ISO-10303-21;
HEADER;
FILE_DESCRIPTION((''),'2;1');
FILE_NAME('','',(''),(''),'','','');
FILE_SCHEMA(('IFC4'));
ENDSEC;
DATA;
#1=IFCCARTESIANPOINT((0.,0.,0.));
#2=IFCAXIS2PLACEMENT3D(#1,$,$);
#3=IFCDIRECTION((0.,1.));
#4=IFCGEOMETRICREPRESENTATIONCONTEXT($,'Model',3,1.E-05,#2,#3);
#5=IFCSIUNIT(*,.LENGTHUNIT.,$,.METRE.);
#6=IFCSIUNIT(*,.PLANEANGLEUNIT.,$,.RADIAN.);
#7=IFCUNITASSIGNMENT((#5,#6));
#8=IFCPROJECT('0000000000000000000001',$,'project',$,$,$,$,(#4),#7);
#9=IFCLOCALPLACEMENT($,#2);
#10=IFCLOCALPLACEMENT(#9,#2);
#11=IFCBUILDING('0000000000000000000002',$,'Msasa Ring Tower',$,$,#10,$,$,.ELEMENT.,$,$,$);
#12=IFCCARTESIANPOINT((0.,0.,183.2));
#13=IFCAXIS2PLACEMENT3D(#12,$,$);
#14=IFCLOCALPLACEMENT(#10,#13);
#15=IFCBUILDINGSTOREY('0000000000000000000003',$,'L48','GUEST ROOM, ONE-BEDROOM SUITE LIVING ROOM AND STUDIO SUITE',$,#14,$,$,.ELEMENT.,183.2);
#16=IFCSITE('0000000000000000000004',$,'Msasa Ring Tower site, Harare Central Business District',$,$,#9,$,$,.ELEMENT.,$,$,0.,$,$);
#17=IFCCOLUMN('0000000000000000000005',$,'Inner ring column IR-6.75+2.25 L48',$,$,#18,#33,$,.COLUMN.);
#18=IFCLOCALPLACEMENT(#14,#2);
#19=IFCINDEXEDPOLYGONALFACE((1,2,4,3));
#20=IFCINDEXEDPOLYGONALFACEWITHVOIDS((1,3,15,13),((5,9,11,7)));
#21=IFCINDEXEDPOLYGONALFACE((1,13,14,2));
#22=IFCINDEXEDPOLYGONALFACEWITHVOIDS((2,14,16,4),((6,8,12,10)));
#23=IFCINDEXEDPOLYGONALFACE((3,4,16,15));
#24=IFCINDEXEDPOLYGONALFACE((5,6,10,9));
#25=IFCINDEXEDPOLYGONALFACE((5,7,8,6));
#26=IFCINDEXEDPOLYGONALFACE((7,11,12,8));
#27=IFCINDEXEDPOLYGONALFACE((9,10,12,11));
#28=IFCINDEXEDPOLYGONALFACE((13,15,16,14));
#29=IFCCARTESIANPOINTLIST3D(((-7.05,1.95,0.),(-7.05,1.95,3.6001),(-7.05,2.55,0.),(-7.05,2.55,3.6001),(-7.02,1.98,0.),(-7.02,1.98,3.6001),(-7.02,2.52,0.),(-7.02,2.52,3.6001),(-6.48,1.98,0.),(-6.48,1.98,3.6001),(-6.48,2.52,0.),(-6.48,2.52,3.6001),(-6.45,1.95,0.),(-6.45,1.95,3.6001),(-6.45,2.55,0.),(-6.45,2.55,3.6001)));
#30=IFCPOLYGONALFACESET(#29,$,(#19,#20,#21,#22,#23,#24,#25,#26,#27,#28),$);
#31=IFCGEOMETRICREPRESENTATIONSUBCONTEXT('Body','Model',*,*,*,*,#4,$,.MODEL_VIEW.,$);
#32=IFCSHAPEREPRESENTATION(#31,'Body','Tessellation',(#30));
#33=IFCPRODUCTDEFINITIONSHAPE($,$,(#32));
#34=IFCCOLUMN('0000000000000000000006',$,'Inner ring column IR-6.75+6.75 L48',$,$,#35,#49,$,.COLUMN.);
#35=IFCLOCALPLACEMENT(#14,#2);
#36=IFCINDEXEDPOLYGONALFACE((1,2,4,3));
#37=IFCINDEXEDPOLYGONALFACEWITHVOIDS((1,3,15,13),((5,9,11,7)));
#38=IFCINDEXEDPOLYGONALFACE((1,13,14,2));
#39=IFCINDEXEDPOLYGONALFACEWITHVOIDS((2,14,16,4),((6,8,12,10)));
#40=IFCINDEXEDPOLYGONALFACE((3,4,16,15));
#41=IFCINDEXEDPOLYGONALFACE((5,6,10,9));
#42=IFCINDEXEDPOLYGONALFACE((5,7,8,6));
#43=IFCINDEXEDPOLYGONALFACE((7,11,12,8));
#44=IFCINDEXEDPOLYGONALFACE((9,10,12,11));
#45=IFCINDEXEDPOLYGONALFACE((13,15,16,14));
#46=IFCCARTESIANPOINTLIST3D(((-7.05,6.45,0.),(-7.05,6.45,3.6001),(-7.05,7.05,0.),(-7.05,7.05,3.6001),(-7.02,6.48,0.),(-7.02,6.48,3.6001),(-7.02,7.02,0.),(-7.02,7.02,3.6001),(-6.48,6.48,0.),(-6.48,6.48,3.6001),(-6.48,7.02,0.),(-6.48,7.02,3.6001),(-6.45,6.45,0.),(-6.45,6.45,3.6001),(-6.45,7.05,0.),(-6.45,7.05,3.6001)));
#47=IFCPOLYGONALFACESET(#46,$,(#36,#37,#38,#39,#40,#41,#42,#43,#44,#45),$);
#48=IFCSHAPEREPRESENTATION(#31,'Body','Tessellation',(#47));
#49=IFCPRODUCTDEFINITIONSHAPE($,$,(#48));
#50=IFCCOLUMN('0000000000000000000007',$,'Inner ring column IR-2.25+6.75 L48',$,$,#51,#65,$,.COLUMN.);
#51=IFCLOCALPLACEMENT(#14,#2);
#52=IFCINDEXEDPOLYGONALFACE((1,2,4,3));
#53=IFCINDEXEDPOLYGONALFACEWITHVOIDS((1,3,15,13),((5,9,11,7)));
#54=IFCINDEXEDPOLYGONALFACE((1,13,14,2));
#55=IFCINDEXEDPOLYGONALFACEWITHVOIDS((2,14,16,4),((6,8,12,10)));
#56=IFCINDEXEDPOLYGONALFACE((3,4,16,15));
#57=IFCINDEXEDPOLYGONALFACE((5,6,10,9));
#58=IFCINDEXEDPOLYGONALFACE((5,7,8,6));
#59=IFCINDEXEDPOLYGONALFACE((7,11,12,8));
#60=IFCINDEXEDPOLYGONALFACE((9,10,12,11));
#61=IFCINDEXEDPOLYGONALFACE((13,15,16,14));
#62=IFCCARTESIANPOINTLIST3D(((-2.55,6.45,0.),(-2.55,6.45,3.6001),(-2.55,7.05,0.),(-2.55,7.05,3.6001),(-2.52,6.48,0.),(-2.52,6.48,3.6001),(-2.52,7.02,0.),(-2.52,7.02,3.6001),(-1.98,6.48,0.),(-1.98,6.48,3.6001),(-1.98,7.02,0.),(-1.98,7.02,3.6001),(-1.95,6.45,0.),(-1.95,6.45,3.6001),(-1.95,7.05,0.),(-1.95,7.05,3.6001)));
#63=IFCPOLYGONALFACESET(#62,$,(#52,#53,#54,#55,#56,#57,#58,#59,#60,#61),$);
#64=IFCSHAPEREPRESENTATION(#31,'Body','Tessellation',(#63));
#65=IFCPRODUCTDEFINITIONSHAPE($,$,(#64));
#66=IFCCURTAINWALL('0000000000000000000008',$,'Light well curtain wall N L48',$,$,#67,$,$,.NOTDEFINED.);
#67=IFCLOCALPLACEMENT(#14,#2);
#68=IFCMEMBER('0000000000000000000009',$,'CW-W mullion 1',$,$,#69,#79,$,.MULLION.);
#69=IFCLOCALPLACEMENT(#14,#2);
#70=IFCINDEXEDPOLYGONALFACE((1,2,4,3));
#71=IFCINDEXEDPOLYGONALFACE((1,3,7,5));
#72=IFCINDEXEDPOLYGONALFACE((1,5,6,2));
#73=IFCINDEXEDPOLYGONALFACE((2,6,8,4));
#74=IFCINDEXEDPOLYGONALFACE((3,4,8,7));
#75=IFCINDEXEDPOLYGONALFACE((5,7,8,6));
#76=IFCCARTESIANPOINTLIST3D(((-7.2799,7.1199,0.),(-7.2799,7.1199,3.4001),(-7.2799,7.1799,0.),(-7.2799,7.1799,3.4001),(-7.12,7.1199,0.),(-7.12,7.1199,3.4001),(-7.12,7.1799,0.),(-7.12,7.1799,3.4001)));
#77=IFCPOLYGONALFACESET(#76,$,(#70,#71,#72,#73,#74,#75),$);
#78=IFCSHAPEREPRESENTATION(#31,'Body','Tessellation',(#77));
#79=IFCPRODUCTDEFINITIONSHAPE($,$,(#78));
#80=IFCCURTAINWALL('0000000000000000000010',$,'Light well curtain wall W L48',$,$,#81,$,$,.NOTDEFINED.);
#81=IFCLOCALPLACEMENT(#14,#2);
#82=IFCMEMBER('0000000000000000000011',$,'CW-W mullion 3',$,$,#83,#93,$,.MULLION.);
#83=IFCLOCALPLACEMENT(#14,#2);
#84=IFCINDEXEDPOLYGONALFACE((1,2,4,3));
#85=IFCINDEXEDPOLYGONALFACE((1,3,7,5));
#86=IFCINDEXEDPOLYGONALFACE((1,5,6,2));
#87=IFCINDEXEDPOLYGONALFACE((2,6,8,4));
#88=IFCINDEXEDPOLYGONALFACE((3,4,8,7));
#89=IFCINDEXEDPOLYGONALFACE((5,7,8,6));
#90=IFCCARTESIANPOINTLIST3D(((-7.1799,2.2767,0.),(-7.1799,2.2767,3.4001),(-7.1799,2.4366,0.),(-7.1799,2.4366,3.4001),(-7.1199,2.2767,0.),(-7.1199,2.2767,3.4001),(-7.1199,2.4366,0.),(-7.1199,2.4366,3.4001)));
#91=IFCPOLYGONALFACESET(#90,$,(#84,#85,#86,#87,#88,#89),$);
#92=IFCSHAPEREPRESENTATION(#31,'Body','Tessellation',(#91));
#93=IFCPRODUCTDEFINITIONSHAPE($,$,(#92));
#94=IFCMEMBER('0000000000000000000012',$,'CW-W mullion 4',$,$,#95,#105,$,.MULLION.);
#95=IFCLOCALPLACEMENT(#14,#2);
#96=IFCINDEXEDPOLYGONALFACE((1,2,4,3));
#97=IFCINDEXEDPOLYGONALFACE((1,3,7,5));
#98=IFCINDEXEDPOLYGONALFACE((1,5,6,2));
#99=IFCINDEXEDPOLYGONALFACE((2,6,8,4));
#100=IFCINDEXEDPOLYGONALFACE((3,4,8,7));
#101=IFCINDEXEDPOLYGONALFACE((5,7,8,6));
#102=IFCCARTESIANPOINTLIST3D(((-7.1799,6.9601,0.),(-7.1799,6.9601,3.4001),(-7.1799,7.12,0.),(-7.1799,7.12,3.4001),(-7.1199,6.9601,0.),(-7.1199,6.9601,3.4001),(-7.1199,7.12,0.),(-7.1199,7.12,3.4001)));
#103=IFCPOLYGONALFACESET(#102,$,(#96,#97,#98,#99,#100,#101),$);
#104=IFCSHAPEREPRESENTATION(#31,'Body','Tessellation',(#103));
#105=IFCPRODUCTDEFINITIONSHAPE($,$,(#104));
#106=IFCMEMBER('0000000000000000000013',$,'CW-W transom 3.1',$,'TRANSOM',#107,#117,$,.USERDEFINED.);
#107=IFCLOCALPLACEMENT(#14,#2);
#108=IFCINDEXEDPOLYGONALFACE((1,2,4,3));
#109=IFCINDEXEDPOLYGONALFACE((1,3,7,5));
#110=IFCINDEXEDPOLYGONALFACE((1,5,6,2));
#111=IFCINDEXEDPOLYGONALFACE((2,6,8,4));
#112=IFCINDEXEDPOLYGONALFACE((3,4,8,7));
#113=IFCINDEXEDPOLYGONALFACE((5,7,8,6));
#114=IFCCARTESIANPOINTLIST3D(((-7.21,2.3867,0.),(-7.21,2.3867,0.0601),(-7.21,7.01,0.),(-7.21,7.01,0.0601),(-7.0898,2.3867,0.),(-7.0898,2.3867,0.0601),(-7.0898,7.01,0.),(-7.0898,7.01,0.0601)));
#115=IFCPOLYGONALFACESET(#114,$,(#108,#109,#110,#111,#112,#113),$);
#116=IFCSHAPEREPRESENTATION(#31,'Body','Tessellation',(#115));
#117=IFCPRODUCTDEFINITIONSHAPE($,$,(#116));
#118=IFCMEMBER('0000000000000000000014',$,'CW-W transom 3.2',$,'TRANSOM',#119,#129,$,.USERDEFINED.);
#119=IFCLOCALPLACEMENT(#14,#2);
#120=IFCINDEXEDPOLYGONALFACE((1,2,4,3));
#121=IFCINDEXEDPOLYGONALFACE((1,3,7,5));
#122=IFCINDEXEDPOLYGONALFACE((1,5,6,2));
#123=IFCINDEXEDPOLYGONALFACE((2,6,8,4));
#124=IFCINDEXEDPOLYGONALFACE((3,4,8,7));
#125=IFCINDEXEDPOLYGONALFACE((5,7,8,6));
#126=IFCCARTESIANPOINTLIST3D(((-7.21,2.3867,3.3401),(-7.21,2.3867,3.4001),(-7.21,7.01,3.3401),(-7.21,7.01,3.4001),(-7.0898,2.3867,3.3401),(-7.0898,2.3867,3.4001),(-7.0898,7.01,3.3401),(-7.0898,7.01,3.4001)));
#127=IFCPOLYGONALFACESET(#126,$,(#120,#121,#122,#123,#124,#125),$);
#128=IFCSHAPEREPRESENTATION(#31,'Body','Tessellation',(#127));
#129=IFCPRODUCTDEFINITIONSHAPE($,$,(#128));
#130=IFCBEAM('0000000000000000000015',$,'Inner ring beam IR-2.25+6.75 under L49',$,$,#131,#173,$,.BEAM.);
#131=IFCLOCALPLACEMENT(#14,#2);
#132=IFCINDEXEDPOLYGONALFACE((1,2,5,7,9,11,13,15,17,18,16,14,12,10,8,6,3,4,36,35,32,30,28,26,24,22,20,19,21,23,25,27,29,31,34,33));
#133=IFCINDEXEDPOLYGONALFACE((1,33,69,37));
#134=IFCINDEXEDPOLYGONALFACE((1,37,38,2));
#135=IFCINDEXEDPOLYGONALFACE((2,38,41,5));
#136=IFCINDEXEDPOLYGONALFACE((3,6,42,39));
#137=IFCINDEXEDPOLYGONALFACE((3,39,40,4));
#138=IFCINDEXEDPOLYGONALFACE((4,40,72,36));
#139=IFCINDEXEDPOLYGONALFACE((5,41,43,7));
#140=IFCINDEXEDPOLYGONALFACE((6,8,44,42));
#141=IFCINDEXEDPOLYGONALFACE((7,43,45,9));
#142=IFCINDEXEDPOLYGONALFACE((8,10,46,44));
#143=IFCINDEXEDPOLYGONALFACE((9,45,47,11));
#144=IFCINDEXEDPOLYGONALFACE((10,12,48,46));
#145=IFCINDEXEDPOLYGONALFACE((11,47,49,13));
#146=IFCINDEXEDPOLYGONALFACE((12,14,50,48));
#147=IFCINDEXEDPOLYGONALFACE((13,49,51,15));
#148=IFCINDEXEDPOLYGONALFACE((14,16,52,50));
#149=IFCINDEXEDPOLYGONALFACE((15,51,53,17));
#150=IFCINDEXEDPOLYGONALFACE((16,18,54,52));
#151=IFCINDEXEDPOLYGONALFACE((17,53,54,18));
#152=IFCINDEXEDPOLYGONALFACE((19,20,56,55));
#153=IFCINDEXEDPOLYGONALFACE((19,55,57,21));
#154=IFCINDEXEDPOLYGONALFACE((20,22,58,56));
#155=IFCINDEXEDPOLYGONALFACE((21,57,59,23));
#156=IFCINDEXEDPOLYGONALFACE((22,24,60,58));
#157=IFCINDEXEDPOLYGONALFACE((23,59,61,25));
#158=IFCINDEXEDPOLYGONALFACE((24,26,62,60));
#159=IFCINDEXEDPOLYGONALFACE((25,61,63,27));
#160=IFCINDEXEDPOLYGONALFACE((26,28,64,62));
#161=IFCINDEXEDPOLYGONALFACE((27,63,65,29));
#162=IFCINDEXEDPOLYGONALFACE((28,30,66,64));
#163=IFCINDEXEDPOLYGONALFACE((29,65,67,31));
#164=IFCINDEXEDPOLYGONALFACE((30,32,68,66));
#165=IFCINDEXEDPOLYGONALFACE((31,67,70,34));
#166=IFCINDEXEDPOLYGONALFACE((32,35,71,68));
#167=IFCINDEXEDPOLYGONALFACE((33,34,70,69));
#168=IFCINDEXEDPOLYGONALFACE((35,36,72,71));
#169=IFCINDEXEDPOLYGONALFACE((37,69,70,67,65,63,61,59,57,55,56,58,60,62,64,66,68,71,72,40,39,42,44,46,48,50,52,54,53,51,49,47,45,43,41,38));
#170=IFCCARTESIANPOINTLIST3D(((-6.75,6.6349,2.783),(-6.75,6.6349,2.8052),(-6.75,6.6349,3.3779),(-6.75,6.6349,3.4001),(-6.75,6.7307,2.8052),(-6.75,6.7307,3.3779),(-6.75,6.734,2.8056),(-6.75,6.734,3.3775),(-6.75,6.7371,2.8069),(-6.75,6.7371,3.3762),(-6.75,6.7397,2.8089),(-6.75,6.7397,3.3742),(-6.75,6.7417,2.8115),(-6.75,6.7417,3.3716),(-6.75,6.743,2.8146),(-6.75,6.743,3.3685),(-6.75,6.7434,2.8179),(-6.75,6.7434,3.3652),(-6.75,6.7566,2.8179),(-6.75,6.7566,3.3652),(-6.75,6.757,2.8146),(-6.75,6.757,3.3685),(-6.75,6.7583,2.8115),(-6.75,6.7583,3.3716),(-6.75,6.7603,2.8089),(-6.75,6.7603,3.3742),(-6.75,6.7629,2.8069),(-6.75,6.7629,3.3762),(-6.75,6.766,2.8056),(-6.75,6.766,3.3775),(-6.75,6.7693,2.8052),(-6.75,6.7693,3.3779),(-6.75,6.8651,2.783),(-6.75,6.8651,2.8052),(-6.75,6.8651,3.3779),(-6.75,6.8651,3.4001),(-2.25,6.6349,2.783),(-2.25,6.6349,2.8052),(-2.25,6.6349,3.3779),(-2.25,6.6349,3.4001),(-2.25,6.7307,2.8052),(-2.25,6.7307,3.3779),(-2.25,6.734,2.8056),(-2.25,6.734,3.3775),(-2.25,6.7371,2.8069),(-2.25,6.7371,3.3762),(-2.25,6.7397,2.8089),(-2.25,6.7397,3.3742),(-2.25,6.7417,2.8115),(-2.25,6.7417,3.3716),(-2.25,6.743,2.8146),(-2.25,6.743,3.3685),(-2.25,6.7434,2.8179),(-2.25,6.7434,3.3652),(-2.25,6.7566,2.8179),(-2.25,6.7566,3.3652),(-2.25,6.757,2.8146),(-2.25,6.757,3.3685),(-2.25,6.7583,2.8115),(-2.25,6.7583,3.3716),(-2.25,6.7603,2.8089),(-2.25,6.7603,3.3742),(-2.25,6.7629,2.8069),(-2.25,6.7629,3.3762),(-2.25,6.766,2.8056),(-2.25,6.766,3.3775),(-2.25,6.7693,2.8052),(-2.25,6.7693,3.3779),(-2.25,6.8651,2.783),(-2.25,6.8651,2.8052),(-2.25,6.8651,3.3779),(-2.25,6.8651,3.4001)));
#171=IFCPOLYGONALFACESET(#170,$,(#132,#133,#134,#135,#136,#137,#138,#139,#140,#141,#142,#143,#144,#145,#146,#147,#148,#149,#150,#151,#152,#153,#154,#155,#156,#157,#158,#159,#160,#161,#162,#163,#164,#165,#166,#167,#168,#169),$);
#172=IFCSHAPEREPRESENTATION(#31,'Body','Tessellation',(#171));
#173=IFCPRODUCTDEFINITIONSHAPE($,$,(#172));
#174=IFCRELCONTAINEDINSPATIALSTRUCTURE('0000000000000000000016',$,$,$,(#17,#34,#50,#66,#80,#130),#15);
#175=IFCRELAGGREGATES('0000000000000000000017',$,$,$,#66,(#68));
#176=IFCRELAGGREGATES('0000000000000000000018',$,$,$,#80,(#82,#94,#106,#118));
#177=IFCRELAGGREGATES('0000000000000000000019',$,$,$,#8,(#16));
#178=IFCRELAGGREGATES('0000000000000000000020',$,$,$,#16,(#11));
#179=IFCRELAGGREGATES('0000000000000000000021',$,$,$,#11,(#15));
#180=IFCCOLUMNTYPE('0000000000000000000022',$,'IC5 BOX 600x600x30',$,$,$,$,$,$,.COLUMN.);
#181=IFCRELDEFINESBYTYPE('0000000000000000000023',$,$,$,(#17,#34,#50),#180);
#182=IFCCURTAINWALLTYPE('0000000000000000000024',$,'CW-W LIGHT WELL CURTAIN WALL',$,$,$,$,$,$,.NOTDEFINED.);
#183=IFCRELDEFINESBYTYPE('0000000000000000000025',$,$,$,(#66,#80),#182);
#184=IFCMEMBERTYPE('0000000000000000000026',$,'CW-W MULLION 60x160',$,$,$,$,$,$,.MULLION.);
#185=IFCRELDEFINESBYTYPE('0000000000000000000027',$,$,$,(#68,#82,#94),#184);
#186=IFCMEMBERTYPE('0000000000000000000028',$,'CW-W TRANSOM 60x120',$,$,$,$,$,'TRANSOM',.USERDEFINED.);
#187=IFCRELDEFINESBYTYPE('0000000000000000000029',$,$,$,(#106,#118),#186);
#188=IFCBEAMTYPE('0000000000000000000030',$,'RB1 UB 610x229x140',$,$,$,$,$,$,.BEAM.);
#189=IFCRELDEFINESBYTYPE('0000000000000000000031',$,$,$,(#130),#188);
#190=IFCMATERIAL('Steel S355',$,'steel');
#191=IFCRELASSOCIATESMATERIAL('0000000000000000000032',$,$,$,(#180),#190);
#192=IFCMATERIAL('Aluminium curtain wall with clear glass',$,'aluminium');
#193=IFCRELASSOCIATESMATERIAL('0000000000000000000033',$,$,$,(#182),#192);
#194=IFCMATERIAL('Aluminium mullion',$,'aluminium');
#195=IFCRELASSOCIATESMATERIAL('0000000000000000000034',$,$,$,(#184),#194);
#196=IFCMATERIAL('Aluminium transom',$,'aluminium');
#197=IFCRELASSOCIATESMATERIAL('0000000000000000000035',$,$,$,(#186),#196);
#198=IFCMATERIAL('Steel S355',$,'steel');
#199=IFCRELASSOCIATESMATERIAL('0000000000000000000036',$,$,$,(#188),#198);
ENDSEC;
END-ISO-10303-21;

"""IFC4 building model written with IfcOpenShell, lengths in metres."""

from ifc_helpers import new_model, si_unit, direction, frame, origin, origin_2d, place, context, subcontext, project, spatial, rectangle, hollow_rectangle, i_section, extrude, material, material_profile, profile_set, type_object, element, aggregate, save


model = new_model("IFC4")

# Units and contexts
model_context = context("Model", 3, precision=1e-05, world=origin(), true_north=direction((0.0, 1.0)))
body_context = subcontext(model_context, "Body", "Model", "MODEL_VIEW")
ifc_project = project(units=[si_unit("LENGTHUNIT", "METRE"), si_unit("PLANEANGLEUNIT", "RADIAN")], contexts=[model_context])

# Site, building, storey
site_placement = place(None, origin())
site = spatial("IfcSite", under=ifc_project, at=site_placement, Name="Msasa Ring Tower site, Harare Central Business District", CompositionType="ELEMENT", RefElevation=0.0)
building_placement = place(site_placement, origin())
building = spatial("IfcBuilding", under=site, at=building_placement, Name="Msasa Ring Tower", CompositionType="ELEMENT")
storey_placement = place(building_placement, frame((0.0, 0.0, 183.2)))
storey = spatial("IfcBuildingStorey", under=building, at=storey_placement, Name="L48", Description="GUEST ROOM, ONE-BEDROOM SUITE LIVING ROOM AND STUDIO SUITE", CompositionType="ELEMENT", Elevation=183.2)

# Columns
ifc_material_1 = material(Name="Steel S355", Category="steel")
ifc_material_profile_1 = material_profile(ifc_material_1, hollow_rectangle(XDim=0.6001, YDim=0.6001, WallThickness=0.03, at=origin_2d()), Name="BOX 600x600x30")
ifc_profile_set_1 = profile_set([ifc_material_profile_1], Name="Steel S355")
column_type = type_object("IfcColumnType", Name="IC5 BOX 600x600x30", PredefinedType="COLUMN", material=ifc_profile_set_1)
for number, where, z_axis, x_axis, name in (
    (1, (-6.75, 2.25, 0.0), (0.0, 0.0, 1.0), (1.0, 0.0, 0.0), "Inner ring column IR-6.75+2.25 L48"),
    (2, (-6.75, 6.75, 0.0), (0.0, 0.0, 1.0), (1.0, 0.0, 0.0), "Inner ring column IR-6.75+6.75 L48"),
    (3, (-2.25, 6.75, 0.0), (0.0, 0.0, 1.0), (1.0, 0.0, 0.0), "Inner ring column IR-2.25+6.75 L48"),
):
    element("IfcColumn", number, at=place(storey_placement, frame(where, z_axis=z_axis, x_axis=x_axis)), inside=storey, type_object=column_type, Name=name, PredefinedType="COLUMN", context=body_context, shape_type="SweptSolid", body=[
        extrude(hollow_rectangle(XDim=0.6001, YDim=0.6001, WallThickness=0.03, at=origin_2d()), origin(), (0.0, 0.0, 1.0), 3.6001),
    ])

# Curtain wall, member
ifc_material_2 = material(Name="Aluminium curtain wall with clear glass", Category="aluminium")
curtain_wall_type = type_object("IfcCurtainWallType", Name="CW-W LIGHT WELL CURTAIN WALL", PredefinedType="NOTDEFINED", material=ifc_material_2)
curtain_wall_1_placement = place(storey_placement, origin())
curtain_wall_1 = element("IfcCurtainWall", 4, at=curtain_wall_1_placement, inside=storey, type_object=curtain_wall_type, Name="Light well curtain wall N L48", PredefinedType="NOTDEFINED")
ifc_material_3 = material(Name="Aluminium mullion", Category="aluminium")
ifc_material_profile_2 = material_profile(ifc_material_3, rectangle(XDim=0.0601, YDim=0.1599, at=origin_2d()), Name="AL 60x160")
ifc_profile_set_2 = profile_set([ifc_material_profile_2], Name="Aluminium mullion")
member_type_1 = type_object("IfcMemberType", Name="CW-W MULLION 60x160", PredefinedType="MULLION", material=ifc_profile_set_2)
member_1_placement = place(storey_placement, frame((-7.2, 7.1499, 0.0), z_axis=(0.0, 0.0, 1.0), x_axis=(0.0, 1.0, 0.0)))
member_1 = element("IfcMember", 5, at=member_1_placement, type_object=member_type_1, Name="CW-W mullion 1", PredefinedType="MULLION", context=body_context, shape_type="SweptSolid", body=[
    extrude(rectangle(XDim=0.0601, YDim=0.1599, at=origin_2d()), origin(), (0.0, 0.0, 1.0), 3.4001),
])
aggregate(curtain_wall_1, [member_1])

# Curtain wall, members
curtain_wall_2_placement = place(storey_placement, origin())
curtain_wall_2 = element("IfcCurtainWall", 6, at=curtain_wall_2_placement, inside=storey, type_object=curtain_wall_type, Name="Light well curtain wall W L48", PredefinedType="NOTDEFINED")
member_2_placement = place(storey_placement, frame((-7.1499, 2.3567, 0.0), z_axis=(0.0, 0.0, 1.0), x_axis=(-1.0, 0.0, 0.0)))
member_2 = element("IfcMember", 7, at=member_2_placement, type_object=member_type_1, Name="CW-W mullion 3", PredefinedType="MULLION", context=body_context, shape_type="SweptSolid", body=[
    extrude(rectangle(XDim=0.0601, YDim=0.1599, at=origin_2d()), origin(), (0.0, 0.0, 1.0), 3.4001),
])
member_3_placement = place(storey_placement, frame((-7.1499, 7.04, 0.0), z_axis=(0.0, 0.0, 1.0), x_axis=(-1.0, 0.0, 0.0)))
member_3 = element("IfcMember", 8, at=member_3_placement, type_object=member_type_1, Name="CW-W mullion 4", PredefinedType="MULLION", context=body_context, shape_type="SweptSolid", body=[
    extrude(rectangle(XDim=0.0601, YDim=0.1599, at=origin_2d()), origin(), (0.0, 0.0, 1.0), 3.4001),
])
ifc_material_4 = material(Name="Aluminium transom", Category="aluminium")
ifc_material_profile_3 = material_profile(ifc_material_4, rectangle(XDim=0.1201, YDim=0.0601, at=origin_2d()), Name="AL 60x120")
ifc_profile_set_3 = profile_set([ifc_material_profile_3], Name="Aluminium transom")
member_type_2 = type_object("IfcMemberType", Name="CW-W TRANSOM 60x120", ElementType="TRANSOM", PredefinedType="USERDEFINED", material=ifc_profile_set_3)
member_4_placement = place(storey_placement, frame((-7.1499, 2.3867, 0.03), z_axis=(0.0, 1.0, 0.0), x_axis=(-1.0, 0.0, 0.0)))
member_4 = element("IfcMember", 9, at=member_4_placement, type_object=member_type_2, Name="CW-W transom 3.1", ObjectType="TRANSOM", PredefinedType="USERDEFINED", context=body_context, shape_type="SweptSolid", body=[
    extrude(rectangle(XDim=0.1201, YDim=0.0601, at=origin_2d()), origin(), (0.0, 0.0, 1.0), 4.6233),
])
member_5_placement = place(storey_placement, frame((-7.1499, 2.3867, 3.3701), z_axis=(0.0, 1.0, 0.0), x_axis=(-1.0, 0.0, 0.0)))
member_5 = element("IfcMember", 10, at=member_5_placement, type_object=member_type_2, Name="CW-W transom 3.2", ObjectType="TRANSOM", PredefinedType="USERDEFINED", context=body_context, shape_type="SweptSolid", body=[
    extrude(rectangle(XDim=0.1201, YDim=0.0601, at=origin_2d()), origin(), (0.0, 0.0, 1.0), 4.6233),
])

# Beam
ifc_material_5 = material(Name="Steel S355", Category="steel")
ifc_material_profile_4 = material_profile(ifc_material_5, i_section(OverallWidth=0.2302, OverallDepth=0.6172, WebThickness=0.0132, FlangeThickness=0.0222, FilletRadius=0.0127, at=origin_2d()), Name="UB 610x229x140")
ifc_profile_set_4 = profile_set([ifc_material_profile_4], Name="Steel S355")
beam_type = type_object("IfcBeamType", Name="RB1 UB 610x229x140", PredefinedType="BEAM", material=ifc_profile_set_4)
for number, where, z_axis, x_axis, name in (
    (11, (-2.25, 6.75, 3.0916), (-1.0, 0.0, 0.0), (0.0, -1.0, 0.0), "Inner ring beam IR-2.25+6.75 under L49"),
):
    element("IfcBeam", number, at=place(storey_placement, frame(where, z_axis=z_axis, x_axis=x_axis)), inside=storey, type_object=beam_type, Name=name, PredefinedType="BEAM", context=body_context, shape_type="SweptSolid", body=[
        extrude(i_section(OverallWidth=0.2302, OverallDepth=0.6172, WebThickness=0.0132, FlangeThickness=0.0222, FilletRadius=0.0127, at=origin_2d()), origin(), (0.0, 0.0, 1.0), 4.5),
    ])

aggregate(curtain_wall_2, [member_2, member_3, member_4, member_5])

save(model, "model.ifc")
